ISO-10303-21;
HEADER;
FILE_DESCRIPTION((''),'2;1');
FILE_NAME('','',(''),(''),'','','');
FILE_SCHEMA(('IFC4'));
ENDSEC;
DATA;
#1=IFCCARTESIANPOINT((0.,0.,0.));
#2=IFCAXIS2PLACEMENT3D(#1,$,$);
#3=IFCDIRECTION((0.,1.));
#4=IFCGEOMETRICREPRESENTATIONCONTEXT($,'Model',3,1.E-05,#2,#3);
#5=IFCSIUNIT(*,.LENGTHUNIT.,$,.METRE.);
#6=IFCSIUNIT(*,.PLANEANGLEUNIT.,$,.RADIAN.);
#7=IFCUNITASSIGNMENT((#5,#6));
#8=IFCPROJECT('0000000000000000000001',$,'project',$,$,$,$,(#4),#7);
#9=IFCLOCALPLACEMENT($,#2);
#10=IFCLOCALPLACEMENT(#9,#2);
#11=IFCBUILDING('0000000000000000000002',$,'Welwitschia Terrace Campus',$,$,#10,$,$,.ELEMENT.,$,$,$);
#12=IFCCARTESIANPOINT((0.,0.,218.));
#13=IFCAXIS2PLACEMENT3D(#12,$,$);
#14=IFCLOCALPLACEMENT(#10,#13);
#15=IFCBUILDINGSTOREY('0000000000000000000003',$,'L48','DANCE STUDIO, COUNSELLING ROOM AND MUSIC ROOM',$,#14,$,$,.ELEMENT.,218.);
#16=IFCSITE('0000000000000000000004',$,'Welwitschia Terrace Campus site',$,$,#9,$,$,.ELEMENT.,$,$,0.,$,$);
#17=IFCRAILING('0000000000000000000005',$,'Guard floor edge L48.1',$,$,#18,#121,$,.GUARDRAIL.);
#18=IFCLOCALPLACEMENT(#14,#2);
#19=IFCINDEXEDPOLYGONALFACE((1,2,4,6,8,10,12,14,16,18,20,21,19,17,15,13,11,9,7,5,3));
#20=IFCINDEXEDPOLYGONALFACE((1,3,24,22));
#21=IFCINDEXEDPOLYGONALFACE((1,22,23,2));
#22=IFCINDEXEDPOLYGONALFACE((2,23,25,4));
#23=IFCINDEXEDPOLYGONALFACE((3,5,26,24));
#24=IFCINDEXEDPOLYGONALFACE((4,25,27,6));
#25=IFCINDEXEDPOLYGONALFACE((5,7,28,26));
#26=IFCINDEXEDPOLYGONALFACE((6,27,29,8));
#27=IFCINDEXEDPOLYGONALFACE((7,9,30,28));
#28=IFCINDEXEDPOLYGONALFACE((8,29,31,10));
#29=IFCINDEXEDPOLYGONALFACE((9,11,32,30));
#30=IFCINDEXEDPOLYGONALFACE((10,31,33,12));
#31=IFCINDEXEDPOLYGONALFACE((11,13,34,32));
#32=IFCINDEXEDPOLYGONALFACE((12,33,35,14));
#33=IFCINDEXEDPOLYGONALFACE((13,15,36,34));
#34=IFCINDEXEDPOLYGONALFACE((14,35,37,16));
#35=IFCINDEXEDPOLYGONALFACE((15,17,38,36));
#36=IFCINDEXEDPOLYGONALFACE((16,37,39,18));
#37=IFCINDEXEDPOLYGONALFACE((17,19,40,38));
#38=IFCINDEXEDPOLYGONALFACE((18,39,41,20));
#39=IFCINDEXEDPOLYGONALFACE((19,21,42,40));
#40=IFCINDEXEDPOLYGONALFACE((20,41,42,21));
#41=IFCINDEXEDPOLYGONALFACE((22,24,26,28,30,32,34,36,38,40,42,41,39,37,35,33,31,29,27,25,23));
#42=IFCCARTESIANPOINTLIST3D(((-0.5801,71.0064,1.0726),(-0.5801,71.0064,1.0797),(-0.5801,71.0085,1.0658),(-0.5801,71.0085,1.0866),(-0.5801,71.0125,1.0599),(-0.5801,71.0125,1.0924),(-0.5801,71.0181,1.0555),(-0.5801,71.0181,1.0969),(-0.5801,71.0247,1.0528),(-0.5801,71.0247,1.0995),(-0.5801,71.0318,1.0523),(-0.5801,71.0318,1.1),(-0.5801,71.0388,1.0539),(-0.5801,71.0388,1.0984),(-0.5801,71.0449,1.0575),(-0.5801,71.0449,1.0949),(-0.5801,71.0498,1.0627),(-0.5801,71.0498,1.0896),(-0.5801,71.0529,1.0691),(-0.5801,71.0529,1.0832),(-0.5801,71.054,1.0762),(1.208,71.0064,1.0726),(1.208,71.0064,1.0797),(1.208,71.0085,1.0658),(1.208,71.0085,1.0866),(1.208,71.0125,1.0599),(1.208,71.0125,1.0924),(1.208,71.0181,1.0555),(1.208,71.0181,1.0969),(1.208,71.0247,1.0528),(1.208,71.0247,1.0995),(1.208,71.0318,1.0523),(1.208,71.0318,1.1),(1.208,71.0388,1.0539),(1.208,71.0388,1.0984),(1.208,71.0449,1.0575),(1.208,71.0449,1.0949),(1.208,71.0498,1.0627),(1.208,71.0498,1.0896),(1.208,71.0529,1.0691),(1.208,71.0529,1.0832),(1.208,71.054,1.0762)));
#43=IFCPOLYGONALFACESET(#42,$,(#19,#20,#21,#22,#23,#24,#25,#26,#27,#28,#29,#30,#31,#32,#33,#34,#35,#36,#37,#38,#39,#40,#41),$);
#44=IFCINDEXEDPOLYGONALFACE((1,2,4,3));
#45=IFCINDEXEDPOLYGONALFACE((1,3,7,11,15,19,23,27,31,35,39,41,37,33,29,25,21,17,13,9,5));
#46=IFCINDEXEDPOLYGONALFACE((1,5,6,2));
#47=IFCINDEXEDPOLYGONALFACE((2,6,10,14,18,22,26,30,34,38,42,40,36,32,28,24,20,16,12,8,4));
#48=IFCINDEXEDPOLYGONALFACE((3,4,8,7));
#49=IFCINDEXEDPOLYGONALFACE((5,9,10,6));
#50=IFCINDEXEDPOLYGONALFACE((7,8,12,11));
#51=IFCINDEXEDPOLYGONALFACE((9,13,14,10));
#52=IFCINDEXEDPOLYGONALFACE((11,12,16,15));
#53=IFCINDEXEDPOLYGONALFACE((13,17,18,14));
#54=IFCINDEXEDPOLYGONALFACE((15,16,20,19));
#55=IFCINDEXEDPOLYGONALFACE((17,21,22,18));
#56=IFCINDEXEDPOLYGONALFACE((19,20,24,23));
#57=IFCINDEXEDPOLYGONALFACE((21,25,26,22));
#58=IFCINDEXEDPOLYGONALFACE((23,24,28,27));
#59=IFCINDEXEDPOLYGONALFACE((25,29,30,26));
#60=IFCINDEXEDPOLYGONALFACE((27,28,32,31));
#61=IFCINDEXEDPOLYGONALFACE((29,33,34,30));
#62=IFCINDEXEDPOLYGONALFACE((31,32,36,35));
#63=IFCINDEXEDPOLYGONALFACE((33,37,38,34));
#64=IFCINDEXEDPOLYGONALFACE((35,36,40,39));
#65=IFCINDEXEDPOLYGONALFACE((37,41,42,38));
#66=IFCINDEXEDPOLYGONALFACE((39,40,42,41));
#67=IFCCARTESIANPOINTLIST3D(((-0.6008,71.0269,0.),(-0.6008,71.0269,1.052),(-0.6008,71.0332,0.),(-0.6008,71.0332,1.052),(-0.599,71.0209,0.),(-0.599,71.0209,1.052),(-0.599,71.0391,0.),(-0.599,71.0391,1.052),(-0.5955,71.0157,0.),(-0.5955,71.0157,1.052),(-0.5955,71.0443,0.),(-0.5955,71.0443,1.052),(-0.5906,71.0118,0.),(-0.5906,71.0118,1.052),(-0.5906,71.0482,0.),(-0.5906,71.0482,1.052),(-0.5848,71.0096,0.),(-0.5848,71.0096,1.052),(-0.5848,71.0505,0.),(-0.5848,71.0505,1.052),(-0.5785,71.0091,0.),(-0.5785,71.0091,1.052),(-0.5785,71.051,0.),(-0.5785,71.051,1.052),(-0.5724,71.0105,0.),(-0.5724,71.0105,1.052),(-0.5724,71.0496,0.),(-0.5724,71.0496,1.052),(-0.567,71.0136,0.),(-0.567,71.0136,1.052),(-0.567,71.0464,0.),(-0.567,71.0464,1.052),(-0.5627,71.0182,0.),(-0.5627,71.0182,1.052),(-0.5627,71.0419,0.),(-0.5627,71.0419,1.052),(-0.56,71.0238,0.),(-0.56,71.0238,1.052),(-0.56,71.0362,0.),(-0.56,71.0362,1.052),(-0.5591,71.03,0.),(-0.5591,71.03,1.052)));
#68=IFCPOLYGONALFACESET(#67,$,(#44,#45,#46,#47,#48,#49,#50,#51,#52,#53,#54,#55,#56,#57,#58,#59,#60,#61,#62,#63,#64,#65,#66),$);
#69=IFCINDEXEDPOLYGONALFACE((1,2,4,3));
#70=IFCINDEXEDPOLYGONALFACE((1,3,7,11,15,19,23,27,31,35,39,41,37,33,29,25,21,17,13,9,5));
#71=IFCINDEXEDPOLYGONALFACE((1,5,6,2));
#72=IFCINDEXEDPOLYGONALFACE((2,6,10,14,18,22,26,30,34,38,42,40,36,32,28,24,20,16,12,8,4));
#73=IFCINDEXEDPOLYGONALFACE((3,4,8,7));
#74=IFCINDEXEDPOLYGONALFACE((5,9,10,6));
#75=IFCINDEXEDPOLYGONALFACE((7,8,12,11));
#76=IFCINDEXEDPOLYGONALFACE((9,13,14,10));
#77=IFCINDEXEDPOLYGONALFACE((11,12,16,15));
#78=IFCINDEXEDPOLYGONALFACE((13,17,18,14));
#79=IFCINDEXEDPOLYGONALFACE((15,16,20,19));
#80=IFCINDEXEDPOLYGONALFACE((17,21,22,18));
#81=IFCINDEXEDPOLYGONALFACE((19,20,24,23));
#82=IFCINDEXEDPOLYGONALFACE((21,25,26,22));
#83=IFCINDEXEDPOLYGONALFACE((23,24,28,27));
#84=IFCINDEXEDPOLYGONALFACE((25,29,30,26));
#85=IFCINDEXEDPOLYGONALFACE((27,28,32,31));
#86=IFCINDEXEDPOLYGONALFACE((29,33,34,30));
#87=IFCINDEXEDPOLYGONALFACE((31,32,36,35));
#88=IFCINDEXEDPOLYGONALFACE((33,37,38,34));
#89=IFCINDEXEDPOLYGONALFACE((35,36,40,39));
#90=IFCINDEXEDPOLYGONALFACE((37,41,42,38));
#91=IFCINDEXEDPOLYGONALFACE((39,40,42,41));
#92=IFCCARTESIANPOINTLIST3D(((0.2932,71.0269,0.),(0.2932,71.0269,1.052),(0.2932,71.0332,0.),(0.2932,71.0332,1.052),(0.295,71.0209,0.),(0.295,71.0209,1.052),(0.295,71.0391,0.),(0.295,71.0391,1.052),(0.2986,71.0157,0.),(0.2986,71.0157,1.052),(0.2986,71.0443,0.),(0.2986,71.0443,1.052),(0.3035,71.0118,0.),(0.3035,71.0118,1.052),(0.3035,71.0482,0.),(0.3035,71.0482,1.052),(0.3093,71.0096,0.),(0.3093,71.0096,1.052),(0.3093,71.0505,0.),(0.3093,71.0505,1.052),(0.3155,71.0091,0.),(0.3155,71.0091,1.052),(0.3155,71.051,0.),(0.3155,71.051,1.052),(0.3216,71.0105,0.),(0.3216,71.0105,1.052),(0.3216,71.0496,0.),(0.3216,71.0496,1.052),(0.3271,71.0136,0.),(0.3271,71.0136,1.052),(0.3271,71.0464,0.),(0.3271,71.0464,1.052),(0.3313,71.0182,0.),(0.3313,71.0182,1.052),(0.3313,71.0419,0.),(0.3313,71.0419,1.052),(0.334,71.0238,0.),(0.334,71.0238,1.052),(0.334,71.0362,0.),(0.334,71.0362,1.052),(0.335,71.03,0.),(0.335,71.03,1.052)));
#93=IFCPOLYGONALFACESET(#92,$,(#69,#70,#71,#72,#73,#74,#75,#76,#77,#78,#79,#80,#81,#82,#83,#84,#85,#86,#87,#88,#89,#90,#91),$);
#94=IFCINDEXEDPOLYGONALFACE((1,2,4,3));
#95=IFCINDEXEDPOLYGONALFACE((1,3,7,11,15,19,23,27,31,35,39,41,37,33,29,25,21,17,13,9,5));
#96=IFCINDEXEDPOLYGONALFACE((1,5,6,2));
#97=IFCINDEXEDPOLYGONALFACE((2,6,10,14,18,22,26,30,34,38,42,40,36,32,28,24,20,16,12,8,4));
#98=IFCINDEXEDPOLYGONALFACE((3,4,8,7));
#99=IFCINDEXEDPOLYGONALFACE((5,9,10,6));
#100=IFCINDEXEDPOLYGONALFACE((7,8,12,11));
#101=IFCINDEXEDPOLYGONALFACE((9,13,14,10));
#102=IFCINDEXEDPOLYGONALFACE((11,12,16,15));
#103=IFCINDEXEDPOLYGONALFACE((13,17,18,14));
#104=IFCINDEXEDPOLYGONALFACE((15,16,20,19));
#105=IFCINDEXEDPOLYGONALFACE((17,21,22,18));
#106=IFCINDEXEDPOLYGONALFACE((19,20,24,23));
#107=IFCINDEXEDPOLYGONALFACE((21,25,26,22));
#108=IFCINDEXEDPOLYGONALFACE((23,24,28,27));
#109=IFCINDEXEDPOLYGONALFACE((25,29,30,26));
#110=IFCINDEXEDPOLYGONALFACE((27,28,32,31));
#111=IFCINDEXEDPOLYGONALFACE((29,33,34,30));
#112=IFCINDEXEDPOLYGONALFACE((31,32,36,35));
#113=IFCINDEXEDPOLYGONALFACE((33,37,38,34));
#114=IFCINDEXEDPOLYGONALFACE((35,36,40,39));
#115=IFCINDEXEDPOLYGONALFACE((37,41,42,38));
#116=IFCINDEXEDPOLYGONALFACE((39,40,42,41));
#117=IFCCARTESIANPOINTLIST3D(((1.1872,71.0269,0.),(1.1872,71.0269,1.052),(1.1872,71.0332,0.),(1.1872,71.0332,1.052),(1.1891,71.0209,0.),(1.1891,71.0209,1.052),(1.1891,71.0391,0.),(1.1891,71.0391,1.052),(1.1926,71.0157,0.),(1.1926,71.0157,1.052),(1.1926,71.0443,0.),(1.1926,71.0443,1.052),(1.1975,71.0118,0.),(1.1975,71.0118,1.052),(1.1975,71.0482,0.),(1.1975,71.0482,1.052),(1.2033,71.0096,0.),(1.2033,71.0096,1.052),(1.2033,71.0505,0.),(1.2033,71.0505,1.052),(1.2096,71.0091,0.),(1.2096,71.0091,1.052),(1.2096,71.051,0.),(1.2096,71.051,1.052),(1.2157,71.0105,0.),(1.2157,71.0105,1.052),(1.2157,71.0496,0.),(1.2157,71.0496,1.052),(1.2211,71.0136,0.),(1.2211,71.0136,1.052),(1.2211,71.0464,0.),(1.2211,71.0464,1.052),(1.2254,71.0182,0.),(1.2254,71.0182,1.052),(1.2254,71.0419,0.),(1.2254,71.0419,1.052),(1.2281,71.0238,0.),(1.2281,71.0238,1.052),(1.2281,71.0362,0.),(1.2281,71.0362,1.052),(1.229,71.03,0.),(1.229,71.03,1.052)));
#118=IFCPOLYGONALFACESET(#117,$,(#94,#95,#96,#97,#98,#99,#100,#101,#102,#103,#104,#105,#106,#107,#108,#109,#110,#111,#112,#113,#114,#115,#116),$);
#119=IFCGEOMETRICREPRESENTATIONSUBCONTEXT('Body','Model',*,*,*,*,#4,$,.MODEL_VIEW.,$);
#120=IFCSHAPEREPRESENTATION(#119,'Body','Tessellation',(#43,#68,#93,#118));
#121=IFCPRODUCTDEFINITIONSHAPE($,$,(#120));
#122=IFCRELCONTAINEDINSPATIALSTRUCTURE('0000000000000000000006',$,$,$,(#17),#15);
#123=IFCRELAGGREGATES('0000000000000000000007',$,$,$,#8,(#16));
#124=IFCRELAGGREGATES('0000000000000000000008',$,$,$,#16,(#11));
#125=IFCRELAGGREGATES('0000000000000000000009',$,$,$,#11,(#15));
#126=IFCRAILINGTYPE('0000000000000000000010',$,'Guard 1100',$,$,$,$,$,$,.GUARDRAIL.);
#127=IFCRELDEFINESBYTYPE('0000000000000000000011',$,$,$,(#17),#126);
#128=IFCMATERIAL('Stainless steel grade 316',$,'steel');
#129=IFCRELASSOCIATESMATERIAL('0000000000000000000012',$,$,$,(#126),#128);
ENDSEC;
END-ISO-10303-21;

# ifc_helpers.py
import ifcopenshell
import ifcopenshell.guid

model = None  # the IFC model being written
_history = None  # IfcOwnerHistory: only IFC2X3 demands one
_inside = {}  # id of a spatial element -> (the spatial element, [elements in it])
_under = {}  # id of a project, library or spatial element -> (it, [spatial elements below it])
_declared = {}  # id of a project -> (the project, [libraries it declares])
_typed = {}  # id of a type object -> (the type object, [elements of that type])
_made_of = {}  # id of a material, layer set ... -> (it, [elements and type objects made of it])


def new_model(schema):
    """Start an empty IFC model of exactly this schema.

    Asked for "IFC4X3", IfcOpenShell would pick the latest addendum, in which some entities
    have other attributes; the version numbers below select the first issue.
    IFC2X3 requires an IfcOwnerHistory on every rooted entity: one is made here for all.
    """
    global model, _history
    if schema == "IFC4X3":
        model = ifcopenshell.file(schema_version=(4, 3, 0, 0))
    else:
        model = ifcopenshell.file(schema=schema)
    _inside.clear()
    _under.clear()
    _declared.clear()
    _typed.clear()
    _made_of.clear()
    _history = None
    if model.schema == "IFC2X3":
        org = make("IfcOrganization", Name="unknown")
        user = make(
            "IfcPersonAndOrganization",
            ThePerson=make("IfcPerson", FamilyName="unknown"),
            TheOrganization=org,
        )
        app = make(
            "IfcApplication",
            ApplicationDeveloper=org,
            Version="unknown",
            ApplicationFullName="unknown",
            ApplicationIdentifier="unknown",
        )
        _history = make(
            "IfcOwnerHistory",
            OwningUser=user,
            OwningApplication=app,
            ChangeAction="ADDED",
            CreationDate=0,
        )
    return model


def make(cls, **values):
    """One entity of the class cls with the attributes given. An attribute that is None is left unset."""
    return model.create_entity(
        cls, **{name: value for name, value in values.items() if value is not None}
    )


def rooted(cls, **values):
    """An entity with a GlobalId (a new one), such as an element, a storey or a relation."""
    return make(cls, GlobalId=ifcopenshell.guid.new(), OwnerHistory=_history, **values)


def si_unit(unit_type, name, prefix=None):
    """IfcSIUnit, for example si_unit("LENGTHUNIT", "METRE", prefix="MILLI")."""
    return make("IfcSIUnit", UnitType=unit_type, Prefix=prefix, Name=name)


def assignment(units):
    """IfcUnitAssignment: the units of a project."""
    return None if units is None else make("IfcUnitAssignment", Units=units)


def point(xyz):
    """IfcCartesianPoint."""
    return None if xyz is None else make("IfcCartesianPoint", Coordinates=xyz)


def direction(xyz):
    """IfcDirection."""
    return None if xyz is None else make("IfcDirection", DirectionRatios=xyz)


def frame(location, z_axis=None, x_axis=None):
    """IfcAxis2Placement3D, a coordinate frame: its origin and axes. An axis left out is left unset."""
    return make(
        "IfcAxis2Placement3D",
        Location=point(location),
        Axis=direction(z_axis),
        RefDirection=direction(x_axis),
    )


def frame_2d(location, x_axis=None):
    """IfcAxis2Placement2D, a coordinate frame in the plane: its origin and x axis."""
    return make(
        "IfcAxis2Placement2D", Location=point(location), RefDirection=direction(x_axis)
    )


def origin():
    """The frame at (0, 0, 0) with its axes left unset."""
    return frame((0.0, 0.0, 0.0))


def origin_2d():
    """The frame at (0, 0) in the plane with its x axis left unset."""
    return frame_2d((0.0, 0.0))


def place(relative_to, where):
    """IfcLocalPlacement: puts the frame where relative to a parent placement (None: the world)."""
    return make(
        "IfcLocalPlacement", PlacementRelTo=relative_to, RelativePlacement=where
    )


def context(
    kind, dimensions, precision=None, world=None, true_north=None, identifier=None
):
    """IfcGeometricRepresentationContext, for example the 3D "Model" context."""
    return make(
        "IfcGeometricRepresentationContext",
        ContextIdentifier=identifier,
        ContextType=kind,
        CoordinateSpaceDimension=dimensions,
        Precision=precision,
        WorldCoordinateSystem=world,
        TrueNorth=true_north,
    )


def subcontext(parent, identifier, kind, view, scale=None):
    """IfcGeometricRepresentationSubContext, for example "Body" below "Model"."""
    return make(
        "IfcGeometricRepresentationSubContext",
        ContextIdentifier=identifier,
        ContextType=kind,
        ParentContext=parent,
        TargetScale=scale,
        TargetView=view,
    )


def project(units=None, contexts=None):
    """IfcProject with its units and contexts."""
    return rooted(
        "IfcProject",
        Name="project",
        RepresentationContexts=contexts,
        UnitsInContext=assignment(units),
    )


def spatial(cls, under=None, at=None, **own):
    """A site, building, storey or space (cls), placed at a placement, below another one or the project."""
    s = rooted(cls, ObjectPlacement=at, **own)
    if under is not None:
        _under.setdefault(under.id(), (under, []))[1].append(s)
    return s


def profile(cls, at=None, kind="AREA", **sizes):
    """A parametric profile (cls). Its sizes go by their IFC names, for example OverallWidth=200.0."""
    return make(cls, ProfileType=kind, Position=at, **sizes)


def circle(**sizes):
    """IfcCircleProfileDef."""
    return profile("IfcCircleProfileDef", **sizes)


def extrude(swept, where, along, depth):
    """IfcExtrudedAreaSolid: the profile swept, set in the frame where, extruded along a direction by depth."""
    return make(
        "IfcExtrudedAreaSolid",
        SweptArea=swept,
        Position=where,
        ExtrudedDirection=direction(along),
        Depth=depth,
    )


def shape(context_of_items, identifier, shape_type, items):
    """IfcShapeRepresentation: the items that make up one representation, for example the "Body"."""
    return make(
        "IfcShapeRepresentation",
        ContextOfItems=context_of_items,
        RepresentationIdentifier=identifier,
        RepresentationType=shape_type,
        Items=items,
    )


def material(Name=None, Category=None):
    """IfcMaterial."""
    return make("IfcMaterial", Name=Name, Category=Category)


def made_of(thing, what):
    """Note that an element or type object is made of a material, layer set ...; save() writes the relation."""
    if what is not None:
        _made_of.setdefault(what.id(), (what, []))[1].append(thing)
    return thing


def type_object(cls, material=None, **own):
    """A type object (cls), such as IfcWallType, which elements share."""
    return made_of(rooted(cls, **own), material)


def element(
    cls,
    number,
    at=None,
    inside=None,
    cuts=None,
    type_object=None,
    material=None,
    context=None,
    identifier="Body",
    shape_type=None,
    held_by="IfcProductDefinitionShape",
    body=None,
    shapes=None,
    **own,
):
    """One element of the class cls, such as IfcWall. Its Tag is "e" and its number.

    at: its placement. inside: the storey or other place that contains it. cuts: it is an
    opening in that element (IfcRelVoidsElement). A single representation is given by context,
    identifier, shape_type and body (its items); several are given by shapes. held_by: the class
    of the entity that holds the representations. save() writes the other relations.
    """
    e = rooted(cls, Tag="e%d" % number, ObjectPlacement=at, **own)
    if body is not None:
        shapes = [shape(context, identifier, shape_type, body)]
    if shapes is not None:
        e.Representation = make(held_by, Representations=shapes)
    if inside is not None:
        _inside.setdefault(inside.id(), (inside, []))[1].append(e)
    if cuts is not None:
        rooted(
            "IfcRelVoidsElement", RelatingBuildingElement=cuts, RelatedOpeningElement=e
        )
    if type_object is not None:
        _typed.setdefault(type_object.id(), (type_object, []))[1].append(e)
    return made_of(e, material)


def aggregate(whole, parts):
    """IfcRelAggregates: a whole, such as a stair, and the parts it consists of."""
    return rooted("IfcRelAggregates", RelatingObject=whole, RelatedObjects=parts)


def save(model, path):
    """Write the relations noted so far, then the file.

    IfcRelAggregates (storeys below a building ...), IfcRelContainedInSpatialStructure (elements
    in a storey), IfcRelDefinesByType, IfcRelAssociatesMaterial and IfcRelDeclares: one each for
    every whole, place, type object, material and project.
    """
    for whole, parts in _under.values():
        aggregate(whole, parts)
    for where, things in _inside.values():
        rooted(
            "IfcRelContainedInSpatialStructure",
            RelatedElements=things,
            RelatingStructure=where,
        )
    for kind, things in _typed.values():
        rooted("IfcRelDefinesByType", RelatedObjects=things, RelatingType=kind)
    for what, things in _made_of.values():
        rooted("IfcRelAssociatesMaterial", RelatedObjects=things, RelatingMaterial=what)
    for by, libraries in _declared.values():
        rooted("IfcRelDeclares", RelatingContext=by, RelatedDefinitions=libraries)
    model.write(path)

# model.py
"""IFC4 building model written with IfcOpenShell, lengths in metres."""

from ifc_helpers import new_model, si_unit, direction, frame, origin, origin_2d, place, context, subcontext, project, spatial, circle, extrude, material, type_object, element, save


model = new_model("IFC4")

# Units and contexts
model_context = context("Model", 3, precision=1e-05, world=origin(), true_north=direction((0.0, 1.0)))
body_context = subcontext(model_context, "Body", "Model", "MODEL_VIEW")
ifc_project = project(units=[si_unit("LENGTHUNIT", "METRE"), si_unit("PLANEANGLEUNIT", "RADIAN")], contexts=[model_context])

# Site, building, storey
site_placement = place(None, origin())
site = spatial("IfcSite", under=ifc_project, at=site_placement, Name="Welwitschia Terrace Campus site", CompositionType="ELEMENT", RefElevation=0.0)
building_placement = place(site_placement, origin())
building = spatial("IfcBuilding", under=site, at=building_placement, Name="Welwitschia Terrace Campus", CompositionType="ELEMENT")
storey_placement = place(building_placement, frame((0.0, 0.0, 218.0)))
storey = spatial("IfcBuildingStorey", under=building, at=storey_placement, Name="L48", Description="DANCE STUDIO, COUNSELLING ROOM AND MUSIC ROOM", CompositionType="ELEMENT", Elevation=218.0)

# Railing
ifc_material_1 = material(Name="Stainless steel grade 316", Category="steel")
railing_type = type_object("IfcRailingType", Name="Guard 1100", PredefinedType="GUARDRAIL", material=ifc_material_1)
railing_1_placement = place(storey_placement, frame((-0.5801, 71.03, 0.0)))
element("IfcRailing", 1, at=railing_1_placement, inside=storey, type_object=railing_type, Name="Guard floor edge L48.1", PredefinedType="GUARDRAIL", context=body_context, shape_type="SweptSolid", body=[
    extrude(circle(Radius=0.0239, at=origin_2d()), frame((0.0, 0.0, 1.0762), z_axis=(1.0, 0.0, 0.0), x_axis=(0.0, 1.0, 0.0)), (0.0, 0.0, 1.0), 1.7881),
    extrude(circle(Radius=0.021, at=origin_2d()), origin(), (0.0, 0.0, 1.0), 1.052),
    extrude(circle(Radius=0.021, at=origin_2d()), frame((0.894, 0.0, 0.0)), (0.0, 0.0, 1.0), 1.052),
    extrude(circle(Radius=0.021, at=origin_2d()), frame((1.7881, 0.0, 0.0)), (0.0, 0.0, 1.0), 1.052),
])

save(model, "model.ifc")
